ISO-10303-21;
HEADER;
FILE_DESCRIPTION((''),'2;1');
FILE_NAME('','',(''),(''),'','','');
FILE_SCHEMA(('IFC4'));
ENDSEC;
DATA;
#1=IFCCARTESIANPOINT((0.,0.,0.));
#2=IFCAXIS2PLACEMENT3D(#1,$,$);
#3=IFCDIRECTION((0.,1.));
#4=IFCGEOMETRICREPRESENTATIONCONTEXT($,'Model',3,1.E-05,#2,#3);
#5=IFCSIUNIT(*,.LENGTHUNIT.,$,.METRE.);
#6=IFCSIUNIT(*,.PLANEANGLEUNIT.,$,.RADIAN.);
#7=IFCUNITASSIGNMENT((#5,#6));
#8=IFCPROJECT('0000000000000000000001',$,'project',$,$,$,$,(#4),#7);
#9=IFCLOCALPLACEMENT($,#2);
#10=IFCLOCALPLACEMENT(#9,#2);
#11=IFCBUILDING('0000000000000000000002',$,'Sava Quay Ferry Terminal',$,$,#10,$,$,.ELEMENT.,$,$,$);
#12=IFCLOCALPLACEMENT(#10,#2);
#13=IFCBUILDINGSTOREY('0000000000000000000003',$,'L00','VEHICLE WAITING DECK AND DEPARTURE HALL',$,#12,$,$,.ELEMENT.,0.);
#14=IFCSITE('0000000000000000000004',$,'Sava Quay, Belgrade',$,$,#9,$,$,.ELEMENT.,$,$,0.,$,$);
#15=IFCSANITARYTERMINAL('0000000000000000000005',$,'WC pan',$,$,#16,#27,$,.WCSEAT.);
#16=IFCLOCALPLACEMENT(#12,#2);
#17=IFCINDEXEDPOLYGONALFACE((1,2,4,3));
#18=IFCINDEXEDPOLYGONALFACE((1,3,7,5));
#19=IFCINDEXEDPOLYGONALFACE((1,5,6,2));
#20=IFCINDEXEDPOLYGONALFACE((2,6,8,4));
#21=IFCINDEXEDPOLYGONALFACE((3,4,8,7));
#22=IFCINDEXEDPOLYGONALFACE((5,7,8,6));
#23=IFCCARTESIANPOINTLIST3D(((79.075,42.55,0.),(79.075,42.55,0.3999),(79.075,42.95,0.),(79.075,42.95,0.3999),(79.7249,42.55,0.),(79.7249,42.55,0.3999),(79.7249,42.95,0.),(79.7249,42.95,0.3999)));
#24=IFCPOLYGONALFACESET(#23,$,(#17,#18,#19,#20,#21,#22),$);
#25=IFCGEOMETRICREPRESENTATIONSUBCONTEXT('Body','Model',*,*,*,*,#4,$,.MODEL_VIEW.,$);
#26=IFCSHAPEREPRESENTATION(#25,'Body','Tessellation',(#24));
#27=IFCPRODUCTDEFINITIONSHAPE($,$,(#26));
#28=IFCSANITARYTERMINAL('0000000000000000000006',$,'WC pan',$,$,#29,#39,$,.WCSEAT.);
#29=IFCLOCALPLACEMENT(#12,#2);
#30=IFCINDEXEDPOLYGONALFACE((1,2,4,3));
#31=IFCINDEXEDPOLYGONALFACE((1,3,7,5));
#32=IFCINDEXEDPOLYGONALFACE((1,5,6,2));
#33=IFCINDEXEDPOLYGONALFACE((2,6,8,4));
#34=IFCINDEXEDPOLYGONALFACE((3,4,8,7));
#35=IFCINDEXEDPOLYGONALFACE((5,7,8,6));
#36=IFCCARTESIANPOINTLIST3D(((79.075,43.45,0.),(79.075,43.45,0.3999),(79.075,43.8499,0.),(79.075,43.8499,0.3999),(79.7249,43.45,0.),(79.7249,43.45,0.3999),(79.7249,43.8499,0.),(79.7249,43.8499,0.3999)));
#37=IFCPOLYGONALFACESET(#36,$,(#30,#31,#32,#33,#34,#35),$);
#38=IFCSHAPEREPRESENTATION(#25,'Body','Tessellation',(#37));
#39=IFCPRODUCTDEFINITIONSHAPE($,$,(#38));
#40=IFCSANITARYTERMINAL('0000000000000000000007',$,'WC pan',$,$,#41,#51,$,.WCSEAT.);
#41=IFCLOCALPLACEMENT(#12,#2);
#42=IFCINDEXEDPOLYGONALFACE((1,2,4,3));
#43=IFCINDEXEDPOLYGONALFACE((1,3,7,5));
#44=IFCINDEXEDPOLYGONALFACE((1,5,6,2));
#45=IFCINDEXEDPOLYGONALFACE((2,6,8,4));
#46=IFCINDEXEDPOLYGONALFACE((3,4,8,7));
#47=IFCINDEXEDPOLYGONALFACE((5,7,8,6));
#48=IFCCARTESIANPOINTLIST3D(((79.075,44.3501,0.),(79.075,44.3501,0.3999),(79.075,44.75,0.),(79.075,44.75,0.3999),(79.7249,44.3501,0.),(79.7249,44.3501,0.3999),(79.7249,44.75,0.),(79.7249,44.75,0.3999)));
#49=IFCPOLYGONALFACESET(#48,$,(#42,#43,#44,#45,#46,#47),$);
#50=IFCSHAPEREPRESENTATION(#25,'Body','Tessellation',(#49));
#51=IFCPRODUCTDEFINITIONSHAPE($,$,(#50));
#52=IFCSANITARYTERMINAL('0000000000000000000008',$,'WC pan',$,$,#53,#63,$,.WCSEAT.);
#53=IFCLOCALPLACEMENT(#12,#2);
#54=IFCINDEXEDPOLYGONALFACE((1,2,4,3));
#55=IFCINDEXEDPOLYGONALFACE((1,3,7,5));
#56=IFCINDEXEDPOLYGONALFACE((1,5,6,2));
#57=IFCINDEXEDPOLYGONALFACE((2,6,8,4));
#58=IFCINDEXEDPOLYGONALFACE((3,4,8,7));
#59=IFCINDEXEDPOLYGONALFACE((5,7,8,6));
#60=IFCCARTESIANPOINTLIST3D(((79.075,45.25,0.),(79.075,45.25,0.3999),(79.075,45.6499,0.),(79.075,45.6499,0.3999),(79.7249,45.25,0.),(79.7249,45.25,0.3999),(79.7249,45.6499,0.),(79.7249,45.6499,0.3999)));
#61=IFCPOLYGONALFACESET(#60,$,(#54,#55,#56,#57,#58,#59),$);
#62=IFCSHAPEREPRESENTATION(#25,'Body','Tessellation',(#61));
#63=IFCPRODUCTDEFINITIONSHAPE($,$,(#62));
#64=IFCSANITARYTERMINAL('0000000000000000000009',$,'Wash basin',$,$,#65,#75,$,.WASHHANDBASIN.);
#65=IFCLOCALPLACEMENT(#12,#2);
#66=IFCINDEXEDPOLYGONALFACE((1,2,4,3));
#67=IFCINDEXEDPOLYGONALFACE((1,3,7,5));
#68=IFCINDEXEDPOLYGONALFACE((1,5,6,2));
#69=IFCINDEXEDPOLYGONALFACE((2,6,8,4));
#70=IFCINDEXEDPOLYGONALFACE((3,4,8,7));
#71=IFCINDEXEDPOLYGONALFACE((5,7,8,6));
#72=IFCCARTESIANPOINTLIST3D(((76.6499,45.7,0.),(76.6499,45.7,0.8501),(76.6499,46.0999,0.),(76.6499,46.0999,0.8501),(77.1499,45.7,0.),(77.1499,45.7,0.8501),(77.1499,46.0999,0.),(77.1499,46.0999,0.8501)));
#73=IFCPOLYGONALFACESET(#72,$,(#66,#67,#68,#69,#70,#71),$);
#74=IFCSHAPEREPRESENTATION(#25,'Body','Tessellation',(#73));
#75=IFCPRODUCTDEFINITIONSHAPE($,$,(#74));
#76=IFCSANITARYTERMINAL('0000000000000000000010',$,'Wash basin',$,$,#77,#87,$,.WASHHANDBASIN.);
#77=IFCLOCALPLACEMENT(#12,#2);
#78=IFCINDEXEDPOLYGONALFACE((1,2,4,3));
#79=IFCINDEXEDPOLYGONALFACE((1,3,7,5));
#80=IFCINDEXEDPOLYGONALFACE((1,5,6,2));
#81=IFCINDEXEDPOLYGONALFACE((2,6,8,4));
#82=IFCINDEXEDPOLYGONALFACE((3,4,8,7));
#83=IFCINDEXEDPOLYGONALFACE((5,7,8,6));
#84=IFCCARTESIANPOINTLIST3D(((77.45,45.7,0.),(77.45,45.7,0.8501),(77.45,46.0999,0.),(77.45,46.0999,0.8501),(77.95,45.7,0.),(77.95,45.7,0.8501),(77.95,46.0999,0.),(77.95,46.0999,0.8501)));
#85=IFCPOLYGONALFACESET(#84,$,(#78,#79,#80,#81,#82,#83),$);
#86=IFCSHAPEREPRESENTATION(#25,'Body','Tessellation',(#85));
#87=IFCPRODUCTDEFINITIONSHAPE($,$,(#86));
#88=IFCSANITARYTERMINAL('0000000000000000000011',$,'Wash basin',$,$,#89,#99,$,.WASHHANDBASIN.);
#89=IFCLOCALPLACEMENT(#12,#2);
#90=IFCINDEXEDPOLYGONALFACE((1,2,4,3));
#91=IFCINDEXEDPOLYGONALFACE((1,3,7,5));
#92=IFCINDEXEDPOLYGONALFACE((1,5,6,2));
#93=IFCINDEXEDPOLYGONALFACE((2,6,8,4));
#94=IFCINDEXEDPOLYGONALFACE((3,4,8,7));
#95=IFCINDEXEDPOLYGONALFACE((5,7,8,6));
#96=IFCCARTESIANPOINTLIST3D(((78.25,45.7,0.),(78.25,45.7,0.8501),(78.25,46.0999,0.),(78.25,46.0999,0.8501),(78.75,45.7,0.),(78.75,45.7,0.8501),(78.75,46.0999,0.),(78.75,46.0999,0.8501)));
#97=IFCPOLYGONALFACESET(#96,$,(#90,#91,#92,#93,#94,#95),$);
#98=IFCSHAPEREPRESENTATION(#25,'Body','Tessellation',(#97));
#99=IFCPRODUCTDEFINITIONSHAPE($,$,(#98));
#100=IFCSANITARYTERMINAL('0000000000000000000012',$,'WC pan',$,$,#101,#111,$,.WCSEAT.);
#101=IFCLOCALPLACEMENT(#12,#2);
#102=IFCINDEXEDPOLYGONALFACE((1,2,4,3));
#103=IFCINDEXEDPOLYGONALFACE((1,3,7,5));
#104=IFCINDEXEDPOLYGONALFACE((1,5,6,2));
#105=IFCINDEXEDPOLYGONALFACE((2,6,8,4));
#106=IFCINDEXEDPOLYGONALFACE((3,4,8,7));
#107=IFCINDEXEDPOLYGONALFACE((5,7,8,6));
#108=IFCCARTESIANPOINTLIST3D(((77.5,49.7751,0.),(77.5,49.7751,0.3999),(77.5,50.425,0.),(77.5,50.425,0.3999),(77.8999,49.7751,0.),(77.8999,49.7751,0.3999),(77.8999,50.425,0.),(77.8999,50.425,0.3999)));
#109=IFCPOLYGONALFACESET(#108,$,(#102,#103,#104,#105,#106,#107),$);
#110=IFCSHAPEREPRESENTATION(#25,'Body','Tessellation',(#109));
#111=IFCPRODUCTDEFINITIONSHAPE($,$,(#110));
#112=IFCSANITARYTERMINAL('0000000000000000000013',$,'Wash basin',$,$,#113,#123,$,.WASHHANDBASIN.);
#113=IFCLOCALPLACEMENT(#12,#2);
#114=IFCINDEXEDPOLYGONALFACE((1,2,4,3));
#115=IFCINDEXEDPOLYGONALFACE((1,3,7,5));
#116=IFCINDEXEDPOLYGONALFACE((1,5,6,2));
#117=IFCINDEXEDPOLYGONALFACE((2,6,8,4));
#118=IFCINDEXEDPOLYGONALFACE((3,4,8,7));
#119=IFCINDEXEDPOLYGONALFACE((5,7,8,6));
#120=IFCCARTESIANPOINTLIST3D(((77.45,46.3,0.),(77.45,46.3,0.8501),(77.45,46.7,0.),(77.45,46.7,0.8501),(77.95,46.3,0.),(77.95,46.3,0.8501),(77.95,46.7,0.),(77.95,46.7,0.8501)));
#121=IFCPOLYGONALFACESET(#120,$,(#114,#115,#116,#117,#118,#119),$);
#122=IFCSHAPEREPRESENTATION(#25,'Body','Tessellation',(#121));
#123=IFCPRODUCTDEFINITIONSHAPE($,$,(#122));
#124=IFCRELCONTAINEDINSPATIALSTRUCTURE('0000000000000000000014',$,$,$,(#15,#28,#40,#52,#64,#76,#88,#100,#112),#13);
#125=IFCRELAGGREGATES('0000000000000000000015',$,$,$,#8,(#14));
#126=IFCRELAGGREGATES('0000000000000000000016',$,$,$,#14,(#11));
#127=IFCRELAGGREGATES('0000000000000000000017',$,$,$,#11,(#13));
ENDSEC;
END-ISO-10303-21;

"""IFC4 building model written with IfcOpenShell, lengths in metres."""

from ifc_helpers import new_model, si_unit, direction, frame, origin, origin_2d, place, context, subcontext, project, spatial, rectangle, extrude, element, save


model = new_model("IFC4")

# Units and contexts
model_context = context("Model", 3, precision=1e-05, world=origin(), true_north=direction((0.0, 1.0)))
body_context = subcontext(model_context, "Body", "Model", "MODEL_VIEW")
ifc_project = project(units=[si_unit("LENGTHUNIT", "METRE"), si_unit("PLANEANGLEUNIT", "RADIAN")], contexts=[model_context])

# Site, building, storey
site_placement = place(None, origin())
site = spatial("IfcSite", under=ifc_project, at=site_placement, Name="Sava Quay, Belgrade", CompositionType="ELEMENT", RefElevation=0.0)
building_placement = place(site_placement, origin())
building = spatial("IfcBuilding", under=site, at=building_placement, Name="Sava Quay Ferry Terminal", CompositionType="ELEMENT")
storey_placement = place(building_placement, origin())
storey = spatial("IfcBuildingStorey", under=building, at=storey_placement, Name="L00", Description="VEHICLE WAITING DECK AND DEPARTURE HALL", CompositionType="ELEMENT", Elevation=0.0)

# Sanitary terminals
for number, where, z_axis, x_axis, name in (
    (1, (79.3999, 42.75, 0.0), (0.0, 0.0, 1.0), (1.0, 0.0, 0.0), "WC pan"),
    (2, (79.3999, 43.6499, 0.0), (0.0, 0.0, 1.0), (1.0, 0.0, 0.0), "WC pan"),
    (3, (79.3999, 44.55, 0.0), (0.0, 0.0, 1.0), (1.0, 0.0, 0.0), "WC pan"),
    (4, (79.3999, 45.45, 0.0), (0.0, 0.0, 1.0), (1.0, 0.0, 0.0), "WC pan"),
):
    element("IfcSanitaryTerminal", number, at=place(storey_placement, frame(where, z_axis=z_axis, x_axis=x_axis)), inside=storey, Name=name, PredefinedType="WCSEAT", context=body_context, shape_type="SweptSolid", body=[
        extrude(rectangle(XDim=0.6499, YDim=0.3999, at=origin_2d()), origin(), (0.0, 0.0, 1.0), 0.3999),
    ])
for number, where, z_axis, x_axis, name in (
    (5, (76.8999, 45.8999, 0.0), (0.0, 0.0, 1.0), (1.0, 0.0, 0.0), "Wash basin"),
    (6, (77.7, 45.8999, 0.0), (0.0, 0.0, 1.0), (1.0, 0.0, 0.0), "Wash basin"),
    (7, (78.5, 45.8999, 0.0), (0.0, 0.0, 1.0), (1.0, 0.0, 0.0), "Wash basin"),
):
    element("IfcSanitaryTerminal", number, at=place(storey_placement, frame(where, z_axis=z_axis, x_axis=x_axis)), inside=storey, Name=name, PredefinedType="WASHHANDBASIN", context=body_context, shape_type="SweptSolid", body=[
        extrude(rectangle(XDim=0.5, YDim=0.3999, at=origin_2d()), origin(), (0.0, 0.0, 1.0), 0.8501),
    ])
sanitary_terminal_1_placement = place(storey_placement, frame((77.7, 50.1001, 0.0), z_axis=(0.0, 0.0, 1.0), x_axis=(1.0, 0.0, 0.0)))
element("IfcSanitaryTerminal", 8, at=sanitary_terminal_1_placement, inside=storey, Name="WC pan", PredefinedType="WCSEAT", context=body_context, shape_type="SweptSolid", body=[
    extrude(rectangle(XDim=0.3999, YDim=0.6499, at=origin_2d()), origin(), (0.0, 0.0, 1.0), 0.3999),
])
sanitary_terminal_2_placement = place(storey_placement, frame((77.7, 46.5, 0.0), z_axis=(0.0, 0.0, 1.0), x_axis=(1.0, 0.0, 0.0)))
element("IfcSanitaryTerminal", 9, at=sanitary_terminal_2_placement, inside=storey, Name="Wash basin", PredefinedType="WASHHANDBASIN", context=body_context, shape_type="SweptSolid", body=[
    extrude(rectangle(XDim=0.5, YDim=0.3999, at=origin_2d()), origin(), (0.0, 0.0, 1.0), 0.8501),
])

save(model, "model.ifc")
